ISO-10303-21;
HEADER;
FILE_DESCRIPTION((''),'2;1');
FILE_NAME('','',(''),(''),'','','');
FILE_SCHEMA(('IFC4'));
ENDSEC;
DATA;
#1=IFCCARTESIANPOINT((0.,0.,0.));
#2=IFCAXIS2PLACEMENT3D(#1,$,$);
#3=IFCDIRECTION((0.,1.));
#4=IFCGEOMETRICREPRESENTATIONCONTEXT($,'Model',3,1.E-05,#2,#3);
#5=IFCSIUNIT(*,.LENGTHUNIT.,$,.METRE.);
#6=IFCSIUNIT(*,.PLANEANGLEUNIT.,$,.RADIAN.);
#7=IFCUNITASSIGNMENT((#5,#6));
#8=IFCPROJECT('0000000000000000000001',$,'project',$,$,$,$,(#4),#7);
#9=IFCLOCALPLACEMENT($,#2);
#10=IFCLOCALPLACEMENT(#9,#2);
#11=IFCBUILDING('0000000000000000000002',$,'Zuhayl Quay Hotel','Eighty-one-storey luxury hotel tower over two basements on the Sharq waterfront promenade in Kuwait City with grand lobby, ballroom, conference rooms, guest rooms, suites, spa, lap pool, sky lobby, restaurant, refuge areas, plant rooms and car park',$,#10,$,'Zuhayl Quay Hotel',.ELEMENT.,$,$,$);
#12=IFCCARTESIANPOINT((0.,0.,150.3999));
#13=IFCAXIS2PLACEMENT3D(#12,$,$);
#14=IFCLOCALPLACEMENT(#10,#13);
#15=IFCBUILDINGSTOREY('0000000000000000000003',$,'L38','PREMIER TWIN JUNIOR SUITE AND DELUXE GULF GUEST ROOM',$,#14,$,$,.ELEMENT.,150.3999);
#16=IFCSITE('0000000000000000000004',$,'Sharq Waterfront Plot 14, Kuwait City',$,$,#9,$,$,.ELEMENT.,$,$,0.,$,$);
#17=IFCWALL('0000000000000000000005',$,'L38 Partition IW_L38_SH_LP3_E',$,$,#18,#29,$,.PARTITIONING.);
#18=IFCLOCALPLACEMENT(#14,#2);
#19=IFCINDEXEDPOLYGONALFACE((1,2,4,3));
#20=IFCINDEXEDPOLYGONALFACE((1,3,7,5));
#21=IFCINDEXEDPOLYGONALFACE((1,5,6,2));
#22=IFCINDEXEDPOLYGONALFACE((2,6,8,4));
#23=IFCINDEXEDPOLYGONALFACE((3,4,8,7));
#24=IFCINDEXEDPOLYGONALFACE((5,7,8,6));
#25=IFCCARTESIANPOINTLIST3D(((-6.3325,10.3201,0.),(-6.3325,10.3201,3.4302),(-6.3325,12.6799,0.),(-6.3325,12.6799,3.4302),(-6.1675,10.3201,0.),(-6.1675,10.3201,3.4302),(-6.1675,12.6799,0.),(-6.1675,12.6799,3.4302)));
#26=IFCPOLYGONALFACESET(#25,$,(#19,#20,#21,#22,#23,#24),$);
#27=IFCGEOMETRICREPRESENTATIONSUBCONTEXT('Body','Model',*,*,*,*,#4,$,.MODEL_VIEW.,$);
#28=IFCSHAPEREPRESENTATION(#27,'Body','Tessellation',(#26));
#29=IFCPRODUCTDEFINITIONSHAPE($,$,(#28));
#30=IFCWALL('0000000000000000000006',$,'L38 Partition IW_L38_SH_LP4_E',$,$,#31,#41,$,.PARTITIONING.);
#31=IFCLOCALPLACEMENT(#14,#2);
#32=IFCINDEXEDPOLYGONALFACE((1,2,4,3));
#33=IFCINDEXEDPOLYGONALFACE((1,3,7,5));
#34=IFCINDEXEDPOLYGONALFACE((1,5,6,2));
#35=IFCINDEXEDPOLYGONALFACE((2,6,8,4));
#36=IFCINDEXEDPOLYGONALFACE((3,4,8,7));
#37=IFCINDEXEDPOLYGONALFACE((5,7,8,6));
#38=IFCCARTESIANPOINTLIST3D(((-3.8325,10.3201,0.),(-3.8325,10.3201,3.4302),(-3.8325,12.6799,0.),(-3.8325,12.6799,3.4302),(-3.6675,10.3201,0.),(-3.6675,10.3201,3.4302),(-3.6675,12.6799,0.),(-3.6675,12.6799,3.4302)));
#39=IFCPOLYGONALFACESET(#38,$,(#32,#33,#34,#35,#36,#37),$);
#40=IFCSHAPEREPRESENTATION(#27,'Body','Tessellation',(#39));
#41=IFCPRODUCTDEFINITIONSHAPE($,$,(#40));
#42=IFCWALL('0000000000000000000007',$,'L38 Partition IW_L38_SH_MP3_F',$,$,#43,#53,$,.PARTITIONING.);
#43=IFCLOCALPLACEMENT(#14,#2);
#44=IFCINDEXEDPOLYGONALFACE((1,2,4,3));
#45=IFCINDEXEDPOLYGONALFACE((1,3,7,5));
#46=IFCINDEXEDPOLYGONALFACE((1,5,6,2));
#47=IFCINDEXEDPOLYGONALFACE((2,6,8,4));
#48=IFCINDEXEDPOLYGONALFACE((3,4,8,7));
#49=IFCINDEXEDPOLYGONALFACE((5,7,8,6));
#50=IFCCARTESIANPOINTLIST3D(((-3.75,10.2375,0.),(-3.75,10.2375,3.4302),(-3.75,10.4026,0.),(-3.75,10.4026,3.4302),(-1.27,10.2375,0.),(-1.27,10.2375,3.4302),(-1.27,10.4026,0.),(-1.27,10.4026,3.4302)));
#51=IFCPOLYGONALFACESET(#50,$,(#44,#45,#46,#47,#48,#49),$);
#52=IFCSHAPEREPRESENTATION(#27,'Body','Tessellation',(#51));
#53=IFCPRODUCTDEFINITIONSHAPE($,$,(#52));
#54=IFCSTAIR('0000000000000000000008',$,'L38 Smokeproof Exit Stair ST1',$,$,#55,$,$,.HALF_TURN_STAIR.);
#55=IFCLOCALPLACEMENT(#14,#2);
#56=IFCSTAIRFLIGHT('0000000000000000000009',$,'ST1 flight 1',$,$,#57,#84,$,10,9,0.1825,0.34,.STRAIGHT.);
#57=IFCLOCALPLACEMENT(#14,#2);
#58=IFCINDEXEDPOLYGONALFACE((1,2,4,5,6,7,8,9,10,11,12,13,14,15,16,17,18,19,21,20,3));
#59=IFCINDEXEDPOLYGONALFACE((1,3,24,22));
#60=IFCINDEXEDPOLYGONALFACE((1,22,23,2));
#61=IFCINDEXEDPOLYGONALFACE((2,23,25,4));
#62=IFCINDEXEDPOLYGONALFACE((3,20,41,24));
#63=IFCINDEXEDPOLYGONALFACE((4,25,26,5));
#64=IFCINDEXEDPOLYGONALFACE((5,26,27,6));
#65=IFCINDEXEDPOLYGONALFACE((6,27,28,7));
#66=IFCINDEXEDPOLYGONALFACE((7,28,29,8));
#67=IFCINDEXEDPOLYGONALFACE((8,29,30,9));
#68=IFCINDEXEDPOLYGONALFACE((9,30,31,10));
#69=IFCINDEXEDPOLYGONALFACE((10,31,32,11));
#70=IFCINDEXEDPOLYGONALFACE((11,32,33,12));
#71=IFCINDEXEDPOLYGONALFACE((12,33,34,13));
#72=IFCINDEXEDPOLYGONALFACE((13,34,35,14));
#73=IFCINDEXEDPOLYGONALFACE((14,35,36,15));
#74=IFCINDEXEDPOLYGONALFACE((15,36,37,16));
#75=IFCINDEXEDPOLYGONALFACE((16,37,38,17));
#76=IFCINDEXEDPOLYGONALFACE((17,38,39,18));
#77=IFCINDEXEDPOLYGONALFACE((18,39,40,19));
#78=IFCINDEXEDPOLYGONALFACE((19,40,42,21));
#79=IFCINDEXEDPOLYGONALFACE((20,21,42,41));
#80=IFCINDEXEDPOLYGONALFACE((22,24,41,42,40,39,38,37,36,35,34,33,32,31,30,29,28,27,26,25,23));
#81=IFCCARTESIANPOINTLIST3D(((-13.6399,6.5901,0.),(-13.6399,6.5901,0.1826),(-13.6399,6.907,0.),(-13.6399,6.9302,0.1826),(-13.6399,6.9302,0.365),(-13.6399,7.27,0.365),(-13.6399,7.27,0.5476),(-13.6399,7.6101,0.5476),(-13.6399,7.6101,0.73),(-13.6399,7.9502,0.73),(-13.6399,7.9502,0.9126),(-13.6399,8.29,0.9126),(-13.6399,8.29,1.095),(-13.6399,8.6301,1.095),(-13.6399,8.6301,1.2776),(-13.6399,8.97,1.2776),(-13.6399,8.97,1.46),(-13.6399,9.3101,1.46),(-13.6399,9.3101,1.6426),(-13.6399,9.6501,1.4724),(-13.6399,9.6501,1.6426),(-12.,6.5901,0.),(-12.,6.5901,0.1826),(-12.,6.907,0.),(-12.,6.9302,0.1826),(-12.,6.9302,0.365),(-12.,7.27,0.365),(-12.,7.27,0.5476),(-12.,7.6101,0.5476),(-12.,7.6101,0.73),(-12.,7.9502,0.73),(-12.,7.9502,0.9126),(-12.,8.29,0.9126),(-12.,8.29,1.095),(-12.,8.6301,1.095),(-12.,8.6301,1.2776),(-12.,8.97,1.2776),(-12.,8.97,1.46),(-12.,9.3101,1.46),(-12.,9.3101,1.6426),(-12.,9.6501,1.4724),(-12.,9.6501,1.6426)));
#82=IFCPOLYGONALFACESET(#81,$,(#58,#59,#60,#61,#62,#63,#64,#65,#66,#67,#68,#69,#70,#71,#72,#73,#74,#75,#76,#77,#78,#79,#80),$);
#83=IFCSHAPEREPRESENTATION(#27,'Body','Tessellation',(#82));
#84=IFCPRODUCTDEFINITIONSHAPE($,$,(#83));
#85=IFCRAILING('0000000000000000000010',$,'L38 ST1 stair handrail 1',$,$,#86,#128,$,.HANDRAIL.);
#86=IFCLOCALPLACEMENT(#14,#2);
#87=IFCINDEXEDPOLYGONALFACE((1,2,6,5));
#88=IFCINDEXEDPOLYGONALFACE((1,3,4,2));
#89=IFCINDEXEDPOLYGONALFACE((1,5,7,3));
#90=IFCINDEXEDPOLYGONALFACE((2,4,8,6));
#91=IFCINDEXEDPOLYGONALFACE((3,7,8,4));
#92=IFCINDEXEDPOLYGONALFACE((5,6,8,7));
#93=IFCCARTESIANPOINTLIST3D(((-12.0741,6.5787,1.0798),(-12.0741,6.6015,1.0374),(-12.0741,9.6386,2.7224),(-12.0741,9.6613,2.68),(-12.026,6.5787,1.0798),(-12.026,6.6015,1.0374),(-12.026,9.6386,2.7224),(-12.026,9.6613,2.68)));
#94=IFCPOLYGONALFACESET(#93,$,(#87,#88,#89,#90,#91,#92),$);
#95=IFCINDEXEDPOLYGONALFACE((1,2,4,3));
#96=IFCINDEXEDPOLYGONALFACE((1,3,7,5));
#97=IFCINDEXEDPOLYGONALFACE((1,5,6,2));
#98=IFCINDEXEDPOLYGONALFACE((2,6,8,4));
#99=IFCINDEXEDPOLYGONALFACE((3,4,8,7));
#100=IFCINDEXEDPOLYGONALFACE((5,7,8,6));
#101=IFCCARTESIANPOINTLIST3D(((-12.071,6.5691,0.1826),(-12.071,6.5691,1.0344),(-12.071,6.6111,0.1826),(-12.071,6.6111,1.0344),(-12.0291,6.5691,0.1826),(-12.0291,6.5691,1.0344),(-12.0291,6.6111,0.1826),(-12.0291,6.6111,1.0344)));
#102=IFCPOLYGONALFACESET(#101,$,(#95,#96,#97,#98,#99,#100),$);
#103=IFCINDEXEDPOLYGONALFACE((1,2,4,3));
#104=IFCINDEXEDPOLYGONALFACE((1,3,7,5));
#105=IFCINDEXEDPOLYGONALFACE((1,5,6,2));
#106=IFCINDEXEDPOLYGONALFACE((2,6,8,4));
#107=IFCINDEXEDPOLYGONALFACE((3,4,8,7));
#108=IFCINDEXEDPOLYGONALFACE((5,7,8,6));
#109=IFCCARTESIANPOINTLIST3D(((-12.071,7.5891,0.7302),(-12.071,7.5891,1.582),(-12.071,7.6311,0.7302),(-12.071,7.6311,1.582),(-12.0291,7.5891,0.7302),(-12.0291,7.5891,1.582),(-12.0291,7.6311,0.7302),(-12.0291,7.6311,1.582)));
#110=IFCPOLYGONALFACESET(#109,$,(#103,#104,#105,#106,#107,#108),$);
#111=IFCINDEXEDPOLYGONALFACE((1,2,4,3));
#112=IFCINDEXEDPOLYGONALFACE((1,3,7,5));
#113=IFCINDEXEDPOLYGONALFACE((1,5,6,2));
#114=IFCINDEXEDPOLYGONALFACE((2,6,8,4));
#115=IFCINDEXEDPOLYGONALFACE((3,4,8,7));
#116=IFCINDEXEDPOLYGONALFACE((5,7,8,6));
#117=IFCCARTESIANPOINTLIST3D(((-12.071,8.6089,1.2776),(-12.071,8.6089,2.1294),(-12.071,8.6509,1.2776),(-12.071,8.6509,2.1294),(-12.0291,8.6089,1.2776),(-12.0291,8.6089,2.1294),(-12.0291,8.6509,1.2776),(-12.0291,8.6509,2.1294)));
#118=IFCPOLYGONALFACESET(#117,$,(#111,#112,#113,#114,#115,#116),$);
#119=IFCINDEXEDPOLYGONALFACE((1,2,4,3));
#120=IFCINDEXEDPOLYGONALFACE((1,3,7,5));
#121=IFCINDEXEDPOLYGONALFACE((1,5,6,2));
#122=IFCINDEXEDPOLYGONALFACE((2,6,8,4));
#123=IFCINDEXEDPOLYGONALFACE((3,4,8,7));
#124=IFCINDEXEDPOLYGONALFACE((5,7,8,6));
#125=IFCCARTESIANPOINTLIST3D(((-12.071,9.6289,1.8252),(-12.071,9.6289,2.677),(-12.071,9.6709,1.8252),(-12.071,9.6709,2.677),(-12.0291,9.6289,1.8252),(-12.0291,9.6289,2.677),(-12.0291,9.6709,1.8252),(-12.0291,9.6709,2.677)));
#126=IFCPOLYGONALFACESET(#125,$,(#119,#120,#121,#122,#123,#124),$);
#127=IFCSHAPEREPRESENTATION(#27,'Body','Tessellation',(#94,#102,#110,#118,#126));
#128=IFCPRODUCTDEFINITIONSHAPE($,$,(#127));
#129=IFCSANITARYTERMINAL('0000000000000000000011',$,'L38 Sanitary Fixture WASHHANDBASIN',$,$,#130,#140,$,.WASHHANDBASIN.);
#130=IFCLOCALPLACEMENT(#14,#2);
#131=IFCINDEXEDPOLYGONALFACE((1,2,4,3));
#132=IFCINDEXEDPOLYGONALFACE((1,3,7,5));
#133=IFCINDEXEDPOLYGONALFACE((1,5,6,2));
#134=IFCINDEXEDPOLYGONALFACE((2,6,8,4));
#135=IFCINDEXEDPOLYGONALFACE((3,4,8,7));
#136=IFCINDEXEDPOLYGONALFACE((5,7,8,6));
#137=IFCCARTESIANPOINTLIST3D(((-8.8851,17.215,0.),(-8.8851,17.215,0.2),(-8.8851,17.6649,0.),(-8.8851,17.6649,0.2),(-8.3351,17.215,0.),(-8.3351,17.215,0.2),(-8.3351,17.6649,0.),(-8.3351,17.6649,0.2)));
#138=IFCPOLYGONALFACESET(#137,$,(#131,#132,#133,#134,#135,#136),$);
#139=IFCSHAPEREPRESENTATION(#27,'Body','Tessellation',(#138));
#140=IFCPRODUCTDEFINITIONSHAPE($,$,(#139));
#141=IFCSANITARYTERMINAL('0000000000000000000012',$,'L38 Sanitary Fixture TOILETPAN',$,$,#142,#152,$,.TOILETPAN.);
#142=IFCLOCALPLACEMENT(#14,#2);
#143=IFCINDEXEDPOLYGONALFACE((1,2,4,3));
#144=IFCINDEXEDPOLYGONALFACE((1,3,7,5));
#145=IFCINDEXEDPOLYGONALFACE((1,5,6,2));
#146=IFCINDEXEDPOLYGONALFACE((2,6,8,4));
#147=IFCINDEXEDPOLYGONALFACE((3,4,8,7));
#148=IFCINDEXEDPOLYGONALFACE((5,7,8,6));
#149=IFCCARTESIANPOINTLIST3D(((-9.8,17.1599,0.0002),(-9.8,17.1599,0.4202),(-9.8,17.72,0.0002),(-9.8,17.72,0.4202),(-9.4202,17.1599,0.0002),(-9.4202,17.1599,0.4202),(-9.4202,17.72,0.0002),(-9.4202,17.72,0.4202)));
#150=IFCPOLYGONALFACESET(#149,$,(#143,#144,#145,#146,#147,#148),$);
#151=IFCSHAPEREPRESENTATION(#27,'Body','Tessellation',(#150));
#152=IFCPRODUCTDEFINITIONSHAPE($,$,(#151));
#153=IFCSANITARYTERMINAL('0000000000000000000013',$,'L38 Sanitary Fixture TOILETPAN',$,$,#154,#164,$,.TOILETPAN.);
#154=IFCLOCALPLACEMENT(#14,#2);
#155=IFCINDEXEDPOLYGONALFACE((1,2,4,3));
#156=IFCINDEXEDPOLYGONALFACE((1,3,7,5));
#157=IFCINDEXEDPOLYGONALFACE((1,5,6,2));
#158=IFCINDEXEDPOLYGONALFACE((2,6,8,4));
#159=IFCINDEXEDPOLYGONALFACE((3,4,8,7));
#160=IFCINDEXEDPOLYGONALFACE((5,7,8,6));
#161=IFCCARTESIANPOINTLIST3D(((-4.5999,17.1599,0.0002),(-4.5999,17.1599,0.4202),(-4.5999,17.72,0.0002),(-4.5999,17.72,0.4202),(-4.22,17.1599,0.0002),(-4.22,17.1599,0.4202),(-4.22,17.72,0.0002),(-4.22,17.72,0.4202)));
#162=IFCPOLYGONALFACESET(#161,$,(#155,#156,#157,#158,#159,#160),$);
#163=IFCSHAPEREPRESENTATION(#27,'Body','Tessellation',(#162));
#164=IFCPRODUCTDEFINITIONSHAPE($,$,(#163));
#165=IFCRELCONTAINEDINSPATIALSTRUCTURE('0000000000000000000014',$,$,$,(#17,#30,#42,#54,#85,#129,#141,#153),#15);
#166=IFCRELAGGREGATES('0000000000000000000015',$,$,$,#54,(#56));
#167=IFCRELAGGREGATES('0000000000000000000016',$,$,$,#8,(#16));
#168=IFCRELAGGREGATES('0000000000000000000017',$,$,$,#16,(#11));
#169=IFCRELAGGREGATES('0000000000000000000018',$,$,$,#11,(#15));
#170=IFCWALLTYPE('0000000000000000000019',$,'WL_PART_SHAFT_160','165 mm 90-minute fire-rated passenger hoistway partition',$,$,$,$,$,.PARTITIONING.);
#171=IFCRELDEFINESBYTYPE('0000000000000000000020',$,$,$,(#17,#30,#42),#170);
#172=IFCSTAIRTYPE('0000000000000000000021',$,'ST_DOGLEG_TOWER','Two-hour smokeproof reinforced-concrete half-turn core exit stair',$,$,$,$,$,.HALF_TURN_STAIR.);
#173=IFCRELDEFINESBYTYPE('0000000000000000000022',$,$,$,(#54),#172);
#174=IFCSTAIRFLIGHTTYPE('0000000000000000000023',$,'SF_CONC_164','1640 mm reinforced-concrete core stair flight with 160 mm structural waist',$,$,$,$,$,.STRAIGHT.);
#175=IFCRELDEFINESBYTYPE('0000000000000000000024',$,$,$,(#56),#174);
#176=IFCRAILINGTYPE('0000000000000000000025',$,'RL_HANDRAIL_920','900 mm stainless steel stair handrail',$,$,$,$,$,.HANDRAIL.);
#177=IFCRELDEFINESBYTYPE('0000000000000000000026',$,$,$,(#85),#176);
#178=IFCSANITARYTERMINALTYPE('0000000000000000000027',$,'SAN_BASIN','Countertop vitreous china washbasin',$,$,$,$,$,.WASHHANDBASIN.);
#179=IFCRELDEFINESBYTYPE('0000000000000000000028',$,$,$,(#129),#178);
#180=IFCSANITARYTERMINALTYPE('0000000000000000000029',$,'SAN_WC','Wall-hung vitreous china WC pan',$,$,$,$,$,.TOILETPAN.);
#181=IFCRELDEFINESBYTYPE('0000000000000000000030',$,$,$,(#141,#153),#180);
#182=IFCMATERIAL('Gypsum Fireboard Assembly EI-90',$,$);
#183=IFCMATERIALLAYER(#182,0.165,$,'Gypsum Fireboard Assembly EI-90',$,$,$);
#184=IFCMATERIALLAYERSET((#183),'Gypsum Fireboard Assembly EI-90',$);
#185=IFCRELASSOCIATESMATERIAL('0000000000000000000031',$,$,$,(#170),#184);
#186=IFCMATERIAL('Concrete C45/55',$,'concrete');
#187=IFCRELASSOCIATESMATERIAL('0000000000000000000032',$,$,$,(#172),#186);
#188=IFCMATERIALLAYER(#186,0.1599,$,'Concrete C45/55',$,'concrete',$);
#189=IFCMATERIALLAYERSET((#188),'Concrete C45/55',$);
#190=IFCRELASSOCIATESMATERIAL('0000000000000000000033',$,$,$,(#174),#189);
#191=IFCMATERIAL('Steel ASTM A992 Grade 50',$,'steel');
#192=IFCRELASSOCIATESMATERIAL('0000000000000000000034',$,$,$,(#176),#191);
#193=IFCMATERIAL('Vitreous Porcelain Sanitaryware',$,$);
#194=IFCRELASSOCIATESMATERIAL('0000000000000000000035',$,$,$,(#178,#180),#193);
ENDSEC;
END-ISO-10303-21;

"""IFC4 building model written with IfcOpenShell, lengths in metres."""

from ifc_helpers import new_model, si_unit, direction, frame, frame_2d, origin, origin_2d, place, context, subcontext, project, spatial, polyline, rectangle, outline, extrude, material, layer, layer_set, type_object, element, aggregate, save


model = new_model("IFC4")

# Units and contexts
model_context = context("Model", 3, precision=1e-05, world=origin(), true_north=direction((0.0, 1.0)))
body_context = subcontext(model_context, "Body", "Model", "MODEL_VIEW")
ifc_project = project(units=[si_unit("LENGTHUNIT", "METRE"), si_unit("PLANEANGLEUNIT", "RADIAN")], contexts=[model_context])

# Site, building, storey
site_placement = place(None, origin())
site = spatial("IfcSite", under=ifc_project, at=site_placement, Name="Sharq Waterfront Plot 14, Kuwait City", CompositionType="ELEMENT", RefElevation=0.0)
building_placement = place(site_placement, origin())
building = spatial("IfcBuilding", under=site, at=building_placement, Name="Zuhayl Quay Hotel", Description="Eighty-one-storey luxury hotel tower over two basements on the Sharq waterfront promenade in Kuwait City with grand lobby, ballroom, conference rooms, guest rooms, suites, spa, lap pool, sky lobby, restaurant, refuge areas, plant rooms and car park", LongName="Zuhayl Quay Hotel", CompositionType="ELEMENT")
storey_placement = place(building_placement, frame((0.0, 0.0, 150.3999)))
storey = spatial("IfcBuildingStorey", under=building, at=storey_placement, Name="L38", Description="PREMIER TWIN JUNIOR SUITE AND DELUXE GULF GUEST ROOM", CompositionType="ELEMENT", Elevation=150.3999)

# Shared definitions
ifc_material_1 = material(Name="Steel ASTM A992 Grade 50", Category="steel")

# Shared definitions
ifc_material_2 = material(Name="Gypsum Fireboard Assembly EI-90")
ifc_layer_1 = layer(ifc_material_2, 0.165, Name="Gypsum Fireboard Assembly EI-90")
ifc_layer_set_1 = layer_set([ifc_layer_1], Name="Gypsum Fireboard Assembly EI-90")
wall_type_1 = type_object("IfcWallType", Name="WL_PART_SHAFT_160", Description="165 mm 90-minute fire-rated passenger hoistway partition", PredefinedType="PARTITIONING", material=ifc_layer_set_1)

# Walls
for number, where, z_axis, x_axis, name in (
    (1, (-6.25, 10.3201, 0.0), (0.0, 0.0, 1.0), (0.0, 1.0, 0.0), "L38 Partition IW_L38_SH_LP3_E"),
    (2, (-3.75, 10.3201, 0.0), (0.0, 0.0, 1.0), (0.0, 1.0, 0.0), "L38 Partition IW_L38_SH_LP4_E"),
):
    element("IfcWall", number, at=place(storey_placement, frame(where, z_axis=z_axis, x_axis=x_axis)), inside=storey, type_object=wall_type_1, Name=name, PredefinedType="PARTITIONING", context=body_context, shape_type="SweptSolid", body=[
        extrude(rectangle(XDim=2.3599, YDim=0.165, at=frame_2d((1.1799, 0.0))), origin(), (0.0, 0.0, 1.0), 3.4302),
    ])
wall_1_placement = place(storey_placement, frame((-3.75, 10.3201, 0.0), z_axis=(0.0, 0.0, 1.0), x_axis=(1.0, 0.0, 0.0)))
element("IfcWall", 3, at=wall_1_placement, inside=storey, type_object=wall_type_1, Name="L38 Partition IW_L38_SH_MP3_F", PredefinedType="PARTITIONING", context=body_context, shape_type="SweptSolid", body=[
    extrude(rectangle(XDim=2.48, YDim=0.165, at=frame_2d((1.24, 0.0))), origin(), (0.0, 0.0, 1.0), 3.4302),
])

# Stair, stair flight
ifc_material_3 = material(Name="Concrete C45/55", Category="concrete")
stair_type = type_object("IfcStairType", Name="ST_DOGLEG_TOWER", Description="Two-hour smokeproof reinforced-concrete half-turn core exit stair", PredefinedType="HALF_TURN_STAIR", material=ifc_material_3)
stair_placement = place(storey_placement, origin())
stair = element("IfcStair", 4, at=stair_placement, inside=storey, type_object=stair_type, Name="L38 Smokeproof Exit Stair ST1", PredefinedType="HALF_TURN_STAIR")
ifc_layer_2 = layer(ifc_material_3, 0.1599, Name="Concrete C45/55", Category="concrete")
ifc_layer_set_2 = layer_set([ifc_layer_2], Name="Concrete C45/55")
stair_flight_type = type_object("IfcStairFlightType", Name="SF_CONC_164", Description="1640 mm reinforced-concrete core stair flight with 160 mm structural waist", PredefinedType="STRAIGHT", material=ifc_layer_set_2)
stair_flight_placement = place(storey_placement, frame((-12.8201, 6.5901, 0.0), z_axis=(0.0, 0.0, 1.0), x_axis=(0.0, 1.0, 0.0)))
stair_flight = element("IfcStairFlight", 5, at=stair_flight_placement, type_object=stair_flight_type, Name="ST1 flight 1", NumberOfRisers=10, NumberOfTreads=9, PredefinedType="STRAIGHT", RiserHeight=0.1825, TreadLength=0.34, context=body_context, shape_type="SweptSolid", body=[
    extrude(outline(polyline([(0.0, 0.0), (0.0, 0.1826), (0.3401, 0.1826), (0.3401, 0.365), (0.6799, 0.365), (0.6799, 0.5476), (1.02, 0.5476), (1.02, 0.73), (1.3601, 0.73), (1.3601, 0.9126), (1.7, 0.9126), (1.7, 1.095), (2.04, 1.095), (2.04, 1.2776), (2.3799, 1.2776), (2.3799, 1.46), (2.72, 1.46), (2.72, 1.6426), (3.0601, 1.6426), (3.0601, 1.825), (3.0601, 1.4724), (0.3169, 0.0), (0.0, 0.0)])), frame((0.0, 0.8198, 0.0), z_axis=(0.0, -1.0, 0.0), x_axis=(1.0, 0.0, 0.0)), (0.0, 0.0, 1.0), 1.6399),
])
aggregate(stair, [stair_flight])

# Railing
railing_type = type_object("IfcRailingType", Name="RL_HANDRAIL_920", Description="900 mm stainless steel stair handrail", PredefinedType="HANDRAIL", material=ifc_material_1)
railing_placement = place(storey_placement, frame((-12.05, 6.5901, 0.1826)))
element("IfcRailing", 6, at=railing_placement, inside=storey, type_object=railing_type, Name="L38 ST1 stair handrail 1", PredefinedType="HANDRAIL", context=body_context, shape_type="SweptSolid", body=[
    extrude(rectangle(XDim=0.0481, YDim=0.0481, at=origin_2d()), frame((0.0, 0.0, 0.876), z_axis=(0.0, 0.881073, 0.47298), x_axis=(-1.0, 0.0, 0.0)), (0.0, 0.0, 1.0), 3.4729),
    extrude(rectangle(XDim=0.042, YDim=0.042, at=origin_2d()), origin(), (0.0, 0.0, 1.0), 0.8518),
    extrude(rectangle(XDim=0.042, YDim=0.042, at=origin_2d()), frame((0.0, 1.02, 0.5476)), (0.0, 0.0, 1.0), 0.8518),
    extrude(rectangle(XDim=0.042, YDim=0.042, at=origin_2d()), frame((0.0, 2.0398, 1.095)), (0.0, 0.0, 1.0), 0.8518),
    extrude(rectangle(XDim=0.042, YDim=0.042, at=origin_2d()), frame((0.0, 3.0598, 1.6426)), (0.0, 0.0, 1.0), 0.8518),
])

# Sanitary terminals
ifc_material_4 = material(Name="Vitreous Porcelain Sanitaryware")
sanitary_terminal_type_1 = type_object("IfcSanitaryTerminalType", Name="SAN_BASIN", Description="Countertop vitreous china washbasin", PredefinedType="WASHHANDBASIN", material=ifc_material_4)
sanitary_terminal_placement = place(storey_placement, frame((-8.6101, 17.4399, 0.0), z_axis=(0.0, 0.0, 1.0), x_axis=(1.0, 0.0, 0.0)))
element("IfcSanitaryTerminal", 7, at=sanitary_terminal_placement, inside=storey, type_object=sanitary_terminal_type_1, Name="L38 Sanitary Fixture WASHHANDBASIN", PredefinedType="WASHHANDBASIN", context=body_context, shape_type="SweptSolid", body=[
    extrude(rectangle(XDim=0.55, YDim=0.45, at=origin_2d()), origin(), (0.0, 0.0, 1.0), 0.2),
])
sanitary_terminal_type_2 = type_object("IfcSanitaryTerminalType", Name="SAN_WC", Description="Wall-hung vitreous china WC pan", PredefinedType="TOILETPAN", material=ifc_material_4)
for number, where, z_axis, x_axis, name in (
    (8, (-9.6101, 17.4399, 0.0002), (0.0, 0.0, 1.0), (1.0, 0.0, 0.0), "L38 Sanitary Fixture TOILETPAN"),
    (9, (-4.4099, 17.4399, 0.0002), (0.0, 0.0, 1.0), (1.0, 0.0, 0.0), "L38 Sanitary Fixture TOILETPAN"),
):
    element("IfcSanitaryTerminal", number, at=place(storey_placement, frame(where, z_axis=z_axis, x_axis=x_axis)), inside=storey, type_object=sanitary_terminal_type_2, Name=name, PredefinedType="TOILETPAN", context=body_context, shape_type="SweptSolid", body=[
        extrude(rectangle(XDim=0.3799, YDim=0.5601, at=origin_2d()), origin(), (0.0, 0.0, 1.0), 0.4199),
    ])

save(model, "model.ifc")
